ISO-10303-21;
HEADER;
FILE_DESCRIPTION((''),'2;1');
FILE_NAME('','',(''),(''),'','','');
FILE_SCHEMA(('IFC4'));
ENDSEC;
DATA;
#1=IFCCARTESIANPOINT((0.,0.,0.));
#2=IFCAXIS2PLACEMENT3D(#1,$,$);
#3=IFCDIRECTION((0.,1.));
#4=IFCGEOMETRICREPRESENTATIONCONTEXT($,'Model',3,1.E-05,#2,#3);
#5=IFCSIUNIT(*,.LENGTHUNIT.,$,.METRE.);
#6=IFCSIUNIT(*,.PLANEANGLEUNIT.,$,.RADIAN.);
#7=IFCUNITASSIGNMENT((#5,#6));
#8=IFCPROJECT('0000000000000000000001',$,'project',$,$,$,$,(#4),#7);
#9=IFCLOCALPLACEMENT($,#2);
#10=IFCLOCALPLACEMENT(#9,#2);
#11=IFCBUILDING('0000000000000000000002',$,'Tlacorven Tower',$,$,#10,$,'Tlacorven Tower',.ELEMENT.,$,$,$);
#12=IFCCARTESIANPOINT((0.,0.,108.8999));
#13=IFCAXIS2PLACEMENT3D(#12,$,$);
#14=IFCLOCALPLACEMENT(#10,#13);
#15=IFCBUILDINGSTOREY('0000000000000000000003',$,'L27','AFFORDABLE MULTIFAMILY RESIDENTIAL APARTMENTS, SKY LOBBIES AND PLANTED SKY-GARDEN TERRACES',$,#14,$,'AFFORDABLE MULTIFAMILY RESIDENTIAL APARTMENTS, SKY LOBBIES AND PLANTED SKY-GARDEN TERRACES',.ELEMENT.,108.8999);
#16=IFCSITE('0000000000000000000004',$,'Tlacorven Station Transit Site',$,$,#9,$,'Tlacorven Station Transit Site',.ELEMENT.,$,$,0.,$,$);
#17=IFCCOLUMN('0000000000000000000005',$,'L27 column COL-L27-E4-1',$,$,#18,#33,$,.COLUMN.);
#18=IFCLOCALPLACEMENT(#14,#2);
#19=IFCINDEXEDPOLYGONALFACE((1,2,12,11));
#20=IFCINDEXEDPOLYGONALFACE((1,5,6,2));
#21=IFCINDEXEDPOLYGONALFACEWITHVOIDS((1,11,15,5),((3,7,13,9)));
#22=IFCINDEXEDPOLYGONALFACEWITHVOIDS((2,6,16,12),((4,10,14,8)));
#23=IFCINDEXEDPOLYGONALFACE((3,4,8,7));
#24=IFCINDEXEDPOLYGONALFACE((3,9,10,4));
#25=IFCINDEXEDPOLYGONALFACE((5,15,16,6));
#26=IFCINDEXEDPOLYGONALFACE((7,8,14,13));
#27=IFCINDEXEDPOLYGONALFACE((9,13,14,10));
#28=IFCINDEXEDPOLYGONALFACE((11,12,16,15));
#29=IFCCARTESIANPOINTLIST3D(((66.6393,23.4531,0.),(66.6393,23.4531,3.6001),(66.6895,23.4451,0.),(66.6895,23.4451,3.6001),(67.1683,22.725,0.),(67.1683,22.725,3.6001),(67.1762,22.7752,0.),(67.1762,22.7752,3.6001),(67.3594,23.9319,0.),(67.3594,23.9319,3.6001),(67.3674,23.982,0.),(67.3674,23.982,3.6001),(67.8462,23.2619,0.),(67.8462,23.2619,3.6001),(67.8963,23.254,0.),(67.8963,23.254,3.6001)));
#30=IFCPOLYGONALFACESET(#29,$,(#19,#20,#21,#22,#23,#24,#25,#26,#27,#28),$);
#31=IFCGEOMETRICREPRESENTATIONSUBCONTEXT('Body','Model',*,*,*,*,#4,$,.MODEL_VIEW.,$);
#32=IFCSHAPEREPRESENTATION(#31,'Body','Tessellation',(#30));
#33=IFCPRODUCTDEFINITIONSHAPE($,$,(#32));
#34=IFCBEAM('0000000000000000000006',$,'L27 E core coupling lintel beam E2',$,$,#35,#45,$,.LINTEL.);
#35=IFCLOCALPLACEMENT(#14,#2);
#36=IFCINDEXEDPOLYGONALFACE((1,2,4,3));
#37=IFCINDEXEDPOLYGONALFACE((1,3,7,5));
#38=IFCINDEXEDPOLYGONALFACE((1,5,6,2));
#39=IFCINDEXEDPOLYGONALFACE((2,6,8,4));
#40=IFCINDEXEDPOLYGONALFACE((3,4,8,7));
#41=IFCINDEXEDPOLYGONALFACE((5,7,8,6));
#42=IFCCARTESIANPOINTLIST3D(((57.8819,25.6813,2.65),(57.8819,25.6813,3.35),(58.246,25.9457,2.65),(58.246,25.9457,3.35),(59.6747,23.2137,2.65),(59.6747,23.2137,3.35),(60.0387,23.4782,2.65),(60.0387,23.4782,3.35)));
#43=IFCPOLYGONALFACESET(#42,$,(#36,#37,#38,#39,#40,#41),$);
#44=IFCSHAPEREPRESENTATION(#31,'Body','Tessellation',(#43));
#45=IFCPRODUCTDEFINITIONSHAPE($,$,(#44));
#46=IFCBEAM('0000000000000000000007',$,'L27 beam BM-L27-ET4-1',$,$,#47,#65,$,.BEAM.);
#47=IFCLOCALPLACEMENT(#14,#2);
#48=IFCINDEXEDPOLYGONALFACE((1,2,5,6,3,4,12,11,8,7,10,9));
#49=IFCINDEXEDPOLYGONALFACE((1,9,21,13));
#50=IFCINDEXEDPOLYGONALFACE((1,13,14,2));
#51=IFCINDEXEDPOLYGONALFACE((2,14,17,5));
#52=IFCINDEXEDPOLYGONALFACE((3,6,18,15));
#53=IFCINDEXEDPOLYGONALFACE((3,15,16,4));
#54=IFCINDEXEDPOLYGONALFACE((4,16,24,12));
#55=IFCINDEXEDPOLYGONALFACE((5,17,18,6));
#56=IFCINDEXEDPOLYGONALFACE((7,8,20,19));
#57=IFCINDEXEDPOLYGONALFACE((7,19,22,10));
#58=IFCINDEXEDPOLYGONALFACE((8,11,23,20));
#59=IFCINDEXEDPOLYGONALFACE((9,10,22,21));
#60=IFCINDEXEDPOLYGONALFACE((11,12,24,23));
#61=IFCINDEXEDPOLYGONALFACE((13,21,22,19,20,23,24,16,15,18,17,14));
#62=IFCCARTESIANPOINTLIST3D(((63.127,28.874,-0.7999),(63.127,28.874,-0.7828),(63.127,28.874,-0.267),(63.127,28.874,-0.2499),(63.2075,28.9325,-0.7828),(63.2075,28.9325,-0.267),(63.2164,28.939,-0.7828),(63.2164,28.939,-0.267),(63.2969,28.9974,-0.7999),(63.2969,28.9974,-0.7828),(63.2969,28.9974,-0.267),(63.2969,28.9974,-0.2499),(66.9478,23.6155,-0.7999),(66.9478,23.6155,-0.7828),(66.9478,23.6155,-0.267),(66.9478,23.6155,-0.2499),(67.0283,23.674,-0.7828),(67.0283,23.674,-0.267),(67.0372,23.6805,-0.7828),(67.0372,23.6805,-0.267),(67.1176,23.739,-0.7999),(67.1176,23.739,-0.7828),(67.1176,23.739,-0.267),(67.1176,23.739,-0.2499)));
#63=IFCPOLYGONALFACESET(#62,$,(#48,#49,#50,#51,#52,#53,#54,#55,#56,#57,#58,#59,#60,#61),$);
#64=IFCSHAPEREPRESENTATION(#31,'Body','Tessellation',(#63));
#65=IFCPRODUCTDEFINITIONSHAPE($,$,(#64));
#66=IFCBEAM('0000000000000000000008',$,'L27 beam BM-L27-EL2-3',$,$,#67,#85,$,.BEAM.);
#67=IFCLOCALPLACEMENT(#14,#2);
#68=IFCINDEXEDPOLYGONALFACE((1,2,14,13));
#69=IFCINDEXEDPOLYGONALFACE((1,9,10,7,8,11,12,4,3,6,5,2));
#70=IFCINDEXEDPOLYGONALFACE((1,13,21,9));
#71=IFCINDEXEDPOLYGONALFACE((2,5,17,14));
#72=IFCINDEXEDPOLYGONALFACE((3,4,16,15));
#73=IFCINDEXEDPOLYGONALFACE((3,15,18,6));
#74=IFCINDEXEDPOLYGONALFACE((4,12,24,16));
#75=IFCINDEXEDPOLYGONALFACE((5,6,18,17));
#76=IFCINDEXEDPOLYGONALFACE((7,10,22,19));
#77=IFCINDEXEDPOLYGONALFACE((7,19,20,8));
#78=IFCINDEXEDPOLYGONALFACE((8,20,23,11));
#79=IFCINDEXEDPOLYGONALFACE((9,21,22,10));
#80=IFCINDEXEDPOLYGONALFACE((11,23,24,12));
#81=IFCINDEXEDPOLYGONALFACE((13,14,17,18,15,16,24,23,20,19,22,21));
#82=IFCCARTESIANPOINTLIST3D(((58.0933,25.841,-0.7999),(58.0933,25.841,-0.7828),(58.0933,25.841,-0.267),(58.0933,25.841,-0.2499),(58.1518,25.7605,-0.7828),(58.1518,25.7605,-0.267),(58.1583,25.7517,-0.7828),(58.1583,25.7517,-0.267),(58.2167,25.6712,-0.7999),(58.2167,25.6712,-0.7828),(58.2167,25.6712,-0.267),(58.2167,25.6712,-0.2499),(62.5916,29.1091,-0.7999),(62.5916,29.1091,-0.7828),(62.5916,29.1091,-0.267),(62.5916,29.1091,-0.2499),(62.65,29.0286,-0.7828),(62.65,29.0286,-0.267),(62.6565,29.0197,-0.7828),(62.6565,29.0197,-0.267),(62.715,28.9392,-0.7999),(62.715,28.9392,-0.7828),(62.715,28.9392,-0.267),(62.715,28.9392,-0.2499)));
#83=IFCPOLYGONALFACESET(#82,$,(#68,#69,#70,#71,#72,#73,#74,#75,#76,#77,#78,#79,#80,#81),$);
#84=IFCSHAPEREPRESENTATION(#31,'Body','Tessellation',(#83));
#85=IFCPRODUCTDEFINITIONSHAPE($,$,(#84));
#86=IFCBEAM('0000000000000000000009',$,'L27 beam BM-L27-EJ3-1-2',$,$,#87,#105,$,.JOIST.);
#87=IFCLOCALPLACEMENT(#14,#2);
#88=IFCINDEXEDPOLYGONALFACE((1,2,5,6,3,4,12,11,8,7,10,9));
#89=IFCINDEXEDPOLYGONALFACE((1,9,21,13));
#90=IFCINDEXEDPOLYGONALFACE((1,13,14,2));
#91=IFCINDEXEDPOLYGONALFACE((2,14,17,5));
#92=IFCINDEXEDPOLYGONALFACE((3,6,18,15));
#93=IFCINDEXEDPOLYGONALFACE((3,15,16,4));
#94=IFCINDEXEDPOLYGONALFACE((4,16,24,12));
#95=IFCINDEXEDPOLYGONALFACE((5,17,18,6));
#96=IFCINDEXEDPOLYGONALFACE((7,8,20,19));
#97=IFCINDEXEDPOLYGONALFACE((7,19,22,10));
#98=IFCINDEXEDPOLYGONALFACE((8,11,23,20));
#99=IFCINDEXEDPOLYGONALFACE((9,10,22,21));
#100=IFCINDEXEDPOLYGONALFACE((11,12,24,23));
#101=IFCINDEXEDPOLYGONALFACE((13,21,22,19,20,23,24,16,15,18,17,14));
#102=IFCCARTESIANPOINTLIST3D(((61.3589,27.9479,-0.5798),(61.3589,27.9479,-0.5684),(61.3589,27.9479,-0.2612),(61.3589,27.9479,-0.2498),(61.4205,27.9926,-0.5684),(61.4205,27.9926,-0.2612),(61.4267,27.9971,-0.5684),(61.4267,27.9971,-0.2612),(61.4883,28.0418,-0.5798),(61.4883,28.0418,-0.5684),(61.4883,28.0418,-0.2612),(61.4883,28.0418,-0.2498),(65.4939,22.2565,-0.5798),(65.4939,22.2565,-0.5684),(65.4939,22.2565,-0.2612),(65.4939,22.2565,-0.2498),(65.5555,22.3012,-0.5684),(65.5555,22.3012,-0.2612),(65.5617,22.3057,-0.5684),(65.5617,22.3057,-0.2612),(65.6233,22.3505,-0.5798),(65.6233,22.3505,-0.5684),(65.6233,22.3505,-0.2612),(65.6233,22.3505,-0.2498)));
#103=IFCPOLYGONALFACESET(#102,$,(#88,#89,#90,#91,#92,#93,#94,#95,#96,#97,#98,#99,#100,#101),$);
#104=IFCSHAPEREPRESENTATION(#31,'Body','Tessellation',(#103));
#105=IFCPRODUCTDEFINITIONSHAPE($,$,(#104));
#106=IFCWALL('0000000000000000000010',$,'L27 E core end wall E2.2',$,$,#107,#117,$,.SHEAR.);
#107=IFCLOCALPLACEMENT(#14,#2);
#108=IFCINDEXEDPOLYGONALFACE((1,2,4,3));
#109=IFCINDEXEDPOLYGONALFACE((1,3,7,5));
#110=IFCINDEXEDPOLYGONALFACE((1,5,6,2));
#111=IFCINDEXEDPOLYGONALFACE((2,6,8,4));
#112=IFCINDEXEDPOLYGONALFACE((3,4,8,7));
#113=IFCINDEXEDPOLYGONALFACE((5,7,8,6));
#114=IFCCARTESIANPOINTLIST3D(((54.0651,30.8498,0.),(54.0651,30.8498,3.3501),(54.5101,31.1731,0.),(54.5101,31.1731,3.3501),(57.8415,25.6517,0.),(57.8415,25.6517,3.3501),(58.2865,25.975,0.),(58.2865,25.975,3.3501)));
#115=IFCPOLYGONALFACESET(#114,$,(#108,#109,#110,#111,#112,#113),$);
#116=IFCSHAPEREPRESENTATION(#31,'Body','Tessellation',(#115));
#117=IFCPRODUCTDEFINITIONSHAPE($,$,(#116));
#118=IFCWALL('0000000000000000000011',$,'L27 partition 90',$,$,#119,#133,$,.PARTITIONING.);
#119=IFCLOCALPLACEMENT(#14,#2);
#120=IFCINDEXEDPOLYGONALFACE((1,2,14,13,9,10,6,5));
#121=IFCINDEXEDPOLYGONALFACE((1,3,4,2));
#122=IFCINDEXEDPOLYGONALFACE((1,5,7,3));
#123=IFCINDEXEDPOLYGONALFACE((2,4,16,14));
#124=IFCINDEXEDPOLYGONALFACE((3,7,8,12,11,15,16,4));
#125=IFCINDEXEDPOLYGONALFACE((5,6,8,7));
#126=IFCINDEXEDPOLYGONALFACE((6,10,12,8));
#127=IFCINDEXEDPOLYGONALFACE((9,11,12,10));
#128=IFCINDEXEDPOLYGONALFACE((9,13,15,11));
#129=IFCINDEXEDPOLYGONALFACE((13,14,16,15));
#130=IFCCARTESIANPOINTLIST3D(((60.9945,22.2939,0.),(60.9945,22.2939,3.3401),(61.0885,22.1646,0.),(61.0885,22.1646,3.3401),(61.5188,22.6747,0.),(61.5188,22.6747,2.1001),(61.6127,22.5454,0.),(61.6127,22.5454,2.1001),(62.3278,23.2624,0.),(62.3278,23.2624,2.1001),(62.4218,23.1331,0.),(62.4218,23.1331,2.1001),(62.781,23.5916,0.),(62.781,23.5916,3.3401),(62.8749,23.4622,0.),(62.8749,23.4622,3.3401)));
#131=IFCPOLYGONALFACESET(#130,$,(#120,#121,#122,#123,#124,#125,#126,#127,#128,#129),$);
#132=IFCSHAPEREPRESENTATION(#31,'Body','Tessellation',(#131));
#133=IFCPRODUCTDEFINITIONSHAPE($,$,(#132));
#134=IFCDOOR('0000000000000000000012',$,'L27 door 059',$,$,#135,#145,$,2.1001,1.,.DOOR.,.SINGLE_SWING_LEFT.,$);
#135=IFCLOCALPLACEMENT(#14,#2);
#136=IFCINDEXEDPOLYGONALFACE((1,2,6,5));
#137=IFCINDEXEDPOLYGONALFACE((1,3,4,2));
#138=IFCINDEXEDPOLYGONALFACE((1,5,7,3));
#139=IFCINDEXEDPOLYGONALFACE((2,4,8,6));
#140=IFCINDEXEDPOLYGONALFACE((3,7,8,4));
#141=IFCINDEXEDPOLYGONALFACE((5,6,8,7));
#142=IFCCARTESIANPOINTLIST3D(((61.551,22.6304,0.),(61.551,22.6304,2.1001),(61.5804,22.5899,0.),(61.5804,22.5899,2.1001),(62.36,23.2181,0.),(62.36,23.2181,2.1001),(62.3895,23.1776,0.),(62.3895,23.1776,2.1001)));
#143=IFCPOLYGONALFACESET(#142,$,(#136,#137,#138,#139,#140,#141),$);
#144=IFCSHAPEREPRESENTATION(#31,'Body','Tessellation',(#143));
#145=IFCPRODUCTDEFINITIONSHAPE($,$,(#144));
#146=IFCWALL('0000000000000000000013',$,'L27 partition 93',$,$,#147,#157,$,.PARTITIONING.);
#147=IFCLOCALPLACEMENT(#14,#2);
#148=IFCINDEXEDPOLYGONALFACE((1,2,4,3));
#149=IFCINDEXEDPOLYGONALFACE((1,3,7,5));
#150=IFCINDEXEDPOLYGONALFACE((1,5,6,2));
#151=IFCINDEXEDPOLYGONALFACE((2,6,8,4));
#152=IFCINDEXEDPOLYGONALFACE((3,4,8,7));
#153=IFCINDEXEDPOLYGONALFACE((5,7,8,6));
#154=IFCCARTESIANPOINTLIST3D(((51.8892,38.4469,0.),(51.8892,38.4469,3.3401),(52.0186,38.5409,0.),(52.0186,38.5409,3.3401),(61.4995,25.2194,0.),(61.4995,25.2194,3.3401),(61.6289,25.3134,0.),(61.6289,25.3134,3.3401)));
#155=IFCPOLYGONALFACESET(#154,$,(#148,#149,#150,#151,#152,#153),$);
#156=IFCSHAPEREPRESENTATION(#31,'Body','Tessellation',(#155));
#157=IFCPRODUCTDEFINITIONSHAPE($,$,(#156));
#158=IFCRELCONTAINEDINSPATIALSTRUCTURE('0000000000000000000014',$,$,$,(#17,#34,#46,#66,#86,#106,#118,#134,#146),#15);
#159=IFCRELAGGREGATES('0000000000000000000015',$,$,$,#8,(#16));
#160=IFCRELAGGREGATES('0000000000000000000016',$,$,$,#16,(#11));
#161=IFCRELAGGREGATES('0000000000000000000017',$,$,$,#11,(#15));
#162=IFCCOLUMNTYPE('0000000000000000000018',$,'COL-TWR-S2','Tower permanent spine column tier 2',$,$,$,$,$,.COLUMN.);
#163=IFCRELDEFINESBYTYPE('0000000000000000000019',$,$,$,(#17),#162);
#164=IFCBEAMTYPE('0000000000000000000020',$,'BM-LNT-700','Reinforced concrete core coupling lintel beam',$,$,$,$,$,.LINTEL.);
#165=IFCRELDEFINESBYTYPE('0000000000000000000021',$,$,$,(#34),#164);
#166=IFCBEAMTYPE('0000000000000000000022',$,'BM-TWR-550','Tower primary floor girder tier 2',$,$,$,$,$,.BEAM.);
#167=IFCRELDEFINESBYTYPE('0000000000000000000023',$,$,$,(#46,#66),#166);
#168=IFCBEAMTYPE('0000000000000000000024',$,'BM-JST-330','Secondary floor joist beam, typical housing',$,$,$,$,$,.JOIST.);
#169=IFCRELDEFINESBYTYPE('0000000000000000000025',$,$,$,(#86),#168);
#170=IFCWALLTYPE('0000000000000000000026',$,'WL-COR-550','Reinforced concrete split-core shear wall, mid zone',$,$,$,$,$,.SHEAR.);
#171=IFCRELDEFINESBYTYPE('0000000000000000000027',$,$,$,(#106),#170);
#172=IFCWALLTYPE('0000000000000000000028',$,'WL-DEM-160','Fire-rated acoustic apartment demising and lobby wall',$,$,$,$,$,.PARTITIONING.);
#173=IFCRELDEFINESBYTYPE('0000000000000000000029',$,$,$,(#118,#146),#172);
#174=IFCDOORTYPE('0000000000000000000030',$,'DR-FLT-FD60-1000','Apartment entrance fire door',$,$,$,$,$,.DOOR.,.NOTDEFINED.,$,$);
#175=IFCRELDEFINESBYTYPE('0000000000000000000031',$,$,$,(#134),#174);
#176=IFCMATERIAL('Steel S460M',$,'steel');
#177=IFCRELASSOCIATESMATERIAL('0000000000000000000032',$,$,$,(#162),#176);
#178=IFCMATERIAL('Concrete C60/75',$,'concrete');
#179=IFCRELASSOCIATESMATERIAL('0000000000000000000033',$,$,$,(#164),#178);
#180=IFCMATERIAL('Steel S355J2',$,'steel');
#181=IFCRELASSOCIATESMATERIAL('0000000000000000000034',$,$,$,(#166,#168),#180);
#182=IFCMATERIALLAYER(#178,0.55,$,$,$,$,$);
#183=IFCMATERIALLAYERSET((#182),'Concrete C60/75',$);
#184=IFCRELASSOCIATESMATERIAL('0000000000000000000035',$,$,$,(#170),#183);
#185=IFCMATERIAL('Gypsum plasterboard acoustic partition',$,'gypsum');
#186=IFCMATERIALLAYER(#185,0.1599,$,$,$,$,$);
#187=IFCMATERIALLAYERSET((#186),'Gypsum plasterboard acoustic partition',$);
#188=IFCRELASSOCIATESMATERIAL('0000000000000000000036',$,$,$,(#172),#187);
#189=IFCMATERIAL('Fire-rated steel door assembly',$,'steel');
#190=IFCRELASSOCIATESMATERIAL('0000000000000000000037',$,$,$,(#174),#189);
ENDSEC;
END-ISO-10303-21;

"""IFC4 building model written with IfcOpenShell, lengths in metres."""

from ifc_helpers import new_model, si_unit, direction, frame, frame_2d, origin, origin_2d, place, context, subcontext, project, spatial, rectangle, hollow_rectangle, i_section, extrude, source, transform, mapped, material, layer, layer_set, material_profile, profile_set, type_object, element, fill, save


model = new_model("IFC4")

# Units and contexts
model_context = context("Model", 3, precision=1e-05, world=origin(), true_north=direction((0.0, 1.0)))
body_context = subcontext(model_context, "Body", "Model", "MODEL_VIEW")
ifc_project = project(units=[si_unit("LENGTHUNIT", "METRE"), si_unit("PLANEANGLEUNIT", "RADIAN")], contexts=[model_context])

# Site, building, storey
site_placement = place(None, origin())
site = spatial("IfcSite", under=ifc_project, at=site_placement, Name="Tlacorven Station Transit Site", LongName="Tlacorven Station Transit Site", CompositionType="ELEMENT", RefElevation=0.0)
building_placement = place(site_placement, origin())
building = spatial("IfcBuilding", under=site, at=building_placement, Name="Tlacorven Tower", LongName="Tlacorven Tower", CompositionType="ELEMENT")
storey_placement = place(building_placement, frame((0.0, 0.0, 108.8999)))
storey = spatial("IfcBuildingStorey", under=building, at=storey_placement, Name="L27", Description="AFFORDABLE MULTIFAMILY RESIDENTIAL APARTMENTS, SKY LOBBIES AND PLANTED SKY-GARDEN TERRACES", LongName="AFFORDABLE MULTIFAMILY RESIDENTIAL APARTMENTS, SKY LOBBIES AND PLANTED SKY-GARDEN TERRACES", CompositionType="ELEMENT", Elevation=108.8999)

# Column
ifc_material_1 = material(Name="Steel S460M", Category="steel")
ifc_material_profile_1 = material_profile(ifc_material_1, hollow_rectangle(XDim=0.8999, YDim=0.8999, WallThickness=0.0359, at=origin_2d()), Name="BOX 900X900X36")
ifc_profile_set_1 = profile_set([ifc_material_profile_1], Name="Steel S460M")
column_type = type_object("IfcColumnType", Name="COL-TWR-S2", Description="Tower permanent spine column tier 2", PredefinedType="COLUMN", material=ifc_profile_set_1)
shared_shape_1 = source(origin(), body_context, "Body", "SweptSolid", [
    extrude(hollow_rectangle(XDim=0.8999, YDim=0.8999, WallThickness=0.0359, at=origin_2d()), origin(), (0.0, 0.0, 1.0), 3.6001),
])
column_placement = place(storey_placement, frame((67.2678, 23.3535, 0.0), z_axis=(0.0, 0.0, 1.0), x_axis=(0.809017, 0.587785, 0.0)))
element("IfcColumn", 1, at=column_placement, inside=storey, type_object=column_type, Name="L27 column COL-L27-E4-1", PredefinedType="COLUMN", context=body_context, shape_type="MappedRepresentation", body=[
    mapped(shared_shape_1, transform((0.0, 0.0, 0.0), scale=1.0)),
])

# Beams
ifc_material_2 = material(Name="Concrete C60/75", Category="concrete")
ifc_material_profile_2 = material_profile(ifc_material_2, rectangle(XDim=0.45, YDim=0.7, at=origin_2d()), Name="RC 450X700")
ifc_profile_set_2 = profile_set([ifc_material_profile_2], Name="Concrete C60/75")
beam_type_1 = type_object("IfcBeamType", Name="BM-LNT-700", Description="Reinforced concrete core coupling lintel beam", PredefinedType="LINTEL", material=ifc_profile_set_2)
shared_shape_2 = source(origin(), body_context, "Body", "SweptSolid", [
    extrude(rectangle(XDim=0.45, YDim=0.7, at=origin_2d()), origin(), (0.0, 0.0, 1.0), 3.05),
])
beam_1_placement = place(storey_placement, frame((59.8567, 23.3459, 3.0), z_axis=(-0.587777, 0.809023, 0.0), x_axis=(-0.809023, -0.587777, 0.0)))
element("IfcBeam", 2, at=beam_1_placement, inside=storey, type_object=beam_type_1, Name="L27 E core coupling lintel beam E2", PredefinedType="LINTEL", context=body_context, shape_type="MappedRepresentation", body=[
    mapped(shared_shape_2, transform((0.0, 0.0, 0.0), scale=1.0)),
])
ifc_material_3 = material(Name="Steel S355J2", Category="steel")
ifc_material_profile_3 = material_profile(ifc_material_3, i_section(OverallWidth=0.21, OverallDepth=0.55, WebThickness=0.011, FlangeThickness=0.0171, at=origin_2d()), Name="IPE 550")
ifc_profile_set_3 = profile_set([ifc_material_profile_3], Name="Steel S355J2")
beam_type_2 = type_object("IfcBeamType", Name="BM-TWR-550", Description="Tower primary floor girder tier 2", PredefinedType="BEAM", material=ifc_profile_set_3)
shared_shape_3 = source(origin(), body_context, "Body", "SweptSolid", [
    extrude(i_section(OverallWidth=0.21, OverallDepth=0.55, WebThickness=0.011, FlangeThickness=0.0171, at=origin_2d()), origin(), (0.0, 0.0, 1.0), 6.5),
])
beam_2_placement = place(storey_placement, frame((67.0327, 23.6772, -0.5249), z_axis=(-0.58781, 0.808999, 0.0), x_axis=(-0.808999, -0.58781, 0.0)))
element("IfcBeam", 3, at=beam_2_placement, inside=storey, type_object=beam_type_2, Name="L27 beam BM-L27-ET4-1", PredefinedType="BEAM", context=body_context, shape_type="MappedRepresentation", body=[
    mapped(shared_shape_3, transform((0.0, 0.0, 0.0), scale=1.0)),
])
shared_shape_4 = source(origin(), body_context, "Body", "SweptSolid", [
    extrude(i_section(OverallWidth=0.21, OverallDepth=0.55, WebThickness=0.011, FlangeThickness=0.0171, at=origin_2d()), origin(), (0.0, 0.0, 1.0), 5.5601),
])
beam_3_placement = place(storey_placement, frame((58.155, 25.7561, -0.5249), z_axis=(0.809028, 0.58777, 0.0), x_axis=(-0.58777, 0.809028, 0.0)))
element("IfcBeam", 4, at=beam_3_placement, inside=storey, type_object=beam_type_2, Name="L27 beam BM-L27-EL2-3", PredefinedType="BEAM", context=body_context, shape_type="MappedRepresentation", body=[
    mapped(shared_shape_4, transform((0.0, 0.0, 0.0), scale=1.0)),
])
ifc_material_profile_4 = material_profile(ifc_material_3, i_section(OverallWidth=0.1599, OverallDepth=0.3301, WebThickness=0.0076, FlangeThickness=0.0115, at=origin_2d()), Name="IPE 330")
ifc_profile_set_4 = profile_set([ifc_material_profile_4], Name="Steel S355J2")
beam_type_3 = type_object("IfcBeamType", Name="BM-JST-330", Description="Secondary floor joist beam, typical housing", PredefinedType="JOIST", material=ifc_profile_set_4)
shared_shape_5 = source(origin(), body_context, "Body", "SweptSolid", [
    extrude(i_section(OverallWidth=0.1599, OverallDepth=0.3301, WebThickness=0.0076, FlangeThickness=0.0115, at=origin_2d()), origin(), (0.0, 0.0, 1.0), 7.0349),
])
beam_4_placement = place(storey_placement, frame((65.5586, 22.3035, -0.4148), z_axis=(-0.587782, 0.80902, 0.0), x_axis=(-0.80902, -0.587782, 0.0)))
element("IfcBeam", 5, at=beam_4_placement, inside=storey, type_object=beam_type_3, Name="L27 beam BM-L27-EJ3-1-2", PredefinedType="JOIST", context=body_context, shape_type="MappedRepresentation", body=[
    mapped(shared_shape_5, transform((0.0, 0.0, 0.0), scale=1.0)),
])

# Wall
ifc_layer_1 = layer(ifc_material_2, 0.55)
ifc_layer_set_1 = layer_set([ifc_layer_1], Name="Concrete C60/75")
wall_type_1 = type_object("IfcWallType", Name="WL-COR-550", Description="Reinforced concrete split-core shear wall, mid zone", PredefinedType="SHEAR", material=ifc_layer_set_1)
wall_1_placement = place(storey_placement, frame((58.064, 25.8135, 0.0), z_axis=(0.0, 0.0, 1.0), x_axis=(-0.587765, 0.809032, 0.0)))
element("IfcWall", 6, at=wall_1_placement, inside=storey, type_object=wall_type_1, Name="L27 E core end wall E2.2", PredefinedType="SHEAR", context=body_context, shape_type="SweptSolid", body=[
    extrude(rectangle(XDim=6.425, YDim=0.55, at=frame_2d((3.2124, 0.0))), origin(), (0.0, 0.0, 1.0), 3.3501),
])

# Wall, opening, door
ifc_material_4 = material(Name="Gypsum plasterboard acoustic partition", Category="gypsum")
ifc_layer_2 = layer(ifc_material_4, 0.1599)
ifc_layer_set_2 = layer_set([ifc_layer_2], Name="Gypsum plasterboard acoustic partition")
wall_type_2 = type_object("IfcWallType", Name="WL-DEM-160", Description="Fire-rated acoustic apartment demising and lobby wall", PredefinedType="PARTITIONING", material=ifc_layer_set_2)
wall_2_placement = place(storey_placement, frame((61.0415, 22.2292, 0.0), z_axis=(0.0, 0.0, 1.0), x_axis=(0.809075, 0.587705, 0.0)))
wall_2 = element("IfcWall", 7, at=wall_2_placement, inside=storey, type_object=wall_type_2, Name="L27 partition 90", PredefinedType="PARTITIONING", context=body_context, shape_type="SweptSolid", body=[
    extrude(rectangle(XDim=2.208, YDim=0.1599, at=frame_2d((1.104, 0.0))), origin(), (0.0, 0.0, 1.0), 3.3401),
])
opening_1_placement = place(wall_2_placement, frame((0.6479, 0.0, 0.0)))
opening_1 = element("IfcOpeningElement", 8, at=opening_1_placement, cuts=wall_2, PredefinedType="OPENING", context=body_context, shape_type="SweptSolid", body=[
    extrude(rectangle(XDim=1.0, YDim=2.1001, at=frame_2d((0.5, 1.05))), frame((0.0, 0.0898, 0.0), z_axis=(0.0, -1.0, 0.0), x_axis=(1.0, 0.0, 0.0)), (0.0, 0.0, 1.0), 0.1799),
])
ifc_material_5 = material(Name="Fire-rated steel door assembly", Category="steel")
door_type_1 = type_object("IfcDoorType", Name="DR-FLT-FD60-1000", Description="Apartment entrance fire door", OperationType="NOTDEFINED", PredefinedType="DOOR", material=ifc_material_5)
shared_shape_6 = source(origin(), body_context, "Body", "SweptSolid", [
    extrude(rectangle(XDim=1.0, YDim=2.1001, at=frame_2d((0.5, 1.05))), frame((0.0, 0.0249, 0.0), z_axis=(0.0, -1.0, 0.0), x_axis=(1.0, 0.0, 0.0)), (0.0, 0.0, 1.0), 0.05),
])
door_1_placement = place(opening_1_placement, frame((1.0, 0.0, 0.0), z_axis=(0.0, 0.0, 1.0), x_axis=(-1.0, 0.0, 0.0)))
door_1 = element("IfcDoor", 9, at=door_1_placement, inside=storey, type_object=door_type_1, Name="L27 door 059", OperationType="SINGLE_SWING_LEFT", OverallHeight=2.1001, OverallWidth=1.0, PredefinedType="DOOR", context=body_context, shape_type="MappedRepresentation", body=[
    mapped(shared_shape_6, transform((0.0, 0.0, 0.0), scale=1.0)),
])
fill(opening_1, door_1)

# Wall
wall_3_placement = place(storey_placement, frame((61.5642, 25.2664, 0.0), z_axis=(0.0, 0.0, 1.0), x_axis=(-0.587785, 0.809018, 0.0)))
element("IfcWall", 10, at=wall_3_placement, inside=storey, type_object=wall_type_2, Name="L27 partition 93", PredefinedType="PARTITIONING", context=body_context, shape_type="SweptSolid", body=[
    extrude(rectangle(XDim=16.3501, YDim=0.1599, at=frame_2d((8.175, 0.0))), origin(), (0.0, 0.0, 1.0), 3.3401),
])

save(model, "model.ifc")
